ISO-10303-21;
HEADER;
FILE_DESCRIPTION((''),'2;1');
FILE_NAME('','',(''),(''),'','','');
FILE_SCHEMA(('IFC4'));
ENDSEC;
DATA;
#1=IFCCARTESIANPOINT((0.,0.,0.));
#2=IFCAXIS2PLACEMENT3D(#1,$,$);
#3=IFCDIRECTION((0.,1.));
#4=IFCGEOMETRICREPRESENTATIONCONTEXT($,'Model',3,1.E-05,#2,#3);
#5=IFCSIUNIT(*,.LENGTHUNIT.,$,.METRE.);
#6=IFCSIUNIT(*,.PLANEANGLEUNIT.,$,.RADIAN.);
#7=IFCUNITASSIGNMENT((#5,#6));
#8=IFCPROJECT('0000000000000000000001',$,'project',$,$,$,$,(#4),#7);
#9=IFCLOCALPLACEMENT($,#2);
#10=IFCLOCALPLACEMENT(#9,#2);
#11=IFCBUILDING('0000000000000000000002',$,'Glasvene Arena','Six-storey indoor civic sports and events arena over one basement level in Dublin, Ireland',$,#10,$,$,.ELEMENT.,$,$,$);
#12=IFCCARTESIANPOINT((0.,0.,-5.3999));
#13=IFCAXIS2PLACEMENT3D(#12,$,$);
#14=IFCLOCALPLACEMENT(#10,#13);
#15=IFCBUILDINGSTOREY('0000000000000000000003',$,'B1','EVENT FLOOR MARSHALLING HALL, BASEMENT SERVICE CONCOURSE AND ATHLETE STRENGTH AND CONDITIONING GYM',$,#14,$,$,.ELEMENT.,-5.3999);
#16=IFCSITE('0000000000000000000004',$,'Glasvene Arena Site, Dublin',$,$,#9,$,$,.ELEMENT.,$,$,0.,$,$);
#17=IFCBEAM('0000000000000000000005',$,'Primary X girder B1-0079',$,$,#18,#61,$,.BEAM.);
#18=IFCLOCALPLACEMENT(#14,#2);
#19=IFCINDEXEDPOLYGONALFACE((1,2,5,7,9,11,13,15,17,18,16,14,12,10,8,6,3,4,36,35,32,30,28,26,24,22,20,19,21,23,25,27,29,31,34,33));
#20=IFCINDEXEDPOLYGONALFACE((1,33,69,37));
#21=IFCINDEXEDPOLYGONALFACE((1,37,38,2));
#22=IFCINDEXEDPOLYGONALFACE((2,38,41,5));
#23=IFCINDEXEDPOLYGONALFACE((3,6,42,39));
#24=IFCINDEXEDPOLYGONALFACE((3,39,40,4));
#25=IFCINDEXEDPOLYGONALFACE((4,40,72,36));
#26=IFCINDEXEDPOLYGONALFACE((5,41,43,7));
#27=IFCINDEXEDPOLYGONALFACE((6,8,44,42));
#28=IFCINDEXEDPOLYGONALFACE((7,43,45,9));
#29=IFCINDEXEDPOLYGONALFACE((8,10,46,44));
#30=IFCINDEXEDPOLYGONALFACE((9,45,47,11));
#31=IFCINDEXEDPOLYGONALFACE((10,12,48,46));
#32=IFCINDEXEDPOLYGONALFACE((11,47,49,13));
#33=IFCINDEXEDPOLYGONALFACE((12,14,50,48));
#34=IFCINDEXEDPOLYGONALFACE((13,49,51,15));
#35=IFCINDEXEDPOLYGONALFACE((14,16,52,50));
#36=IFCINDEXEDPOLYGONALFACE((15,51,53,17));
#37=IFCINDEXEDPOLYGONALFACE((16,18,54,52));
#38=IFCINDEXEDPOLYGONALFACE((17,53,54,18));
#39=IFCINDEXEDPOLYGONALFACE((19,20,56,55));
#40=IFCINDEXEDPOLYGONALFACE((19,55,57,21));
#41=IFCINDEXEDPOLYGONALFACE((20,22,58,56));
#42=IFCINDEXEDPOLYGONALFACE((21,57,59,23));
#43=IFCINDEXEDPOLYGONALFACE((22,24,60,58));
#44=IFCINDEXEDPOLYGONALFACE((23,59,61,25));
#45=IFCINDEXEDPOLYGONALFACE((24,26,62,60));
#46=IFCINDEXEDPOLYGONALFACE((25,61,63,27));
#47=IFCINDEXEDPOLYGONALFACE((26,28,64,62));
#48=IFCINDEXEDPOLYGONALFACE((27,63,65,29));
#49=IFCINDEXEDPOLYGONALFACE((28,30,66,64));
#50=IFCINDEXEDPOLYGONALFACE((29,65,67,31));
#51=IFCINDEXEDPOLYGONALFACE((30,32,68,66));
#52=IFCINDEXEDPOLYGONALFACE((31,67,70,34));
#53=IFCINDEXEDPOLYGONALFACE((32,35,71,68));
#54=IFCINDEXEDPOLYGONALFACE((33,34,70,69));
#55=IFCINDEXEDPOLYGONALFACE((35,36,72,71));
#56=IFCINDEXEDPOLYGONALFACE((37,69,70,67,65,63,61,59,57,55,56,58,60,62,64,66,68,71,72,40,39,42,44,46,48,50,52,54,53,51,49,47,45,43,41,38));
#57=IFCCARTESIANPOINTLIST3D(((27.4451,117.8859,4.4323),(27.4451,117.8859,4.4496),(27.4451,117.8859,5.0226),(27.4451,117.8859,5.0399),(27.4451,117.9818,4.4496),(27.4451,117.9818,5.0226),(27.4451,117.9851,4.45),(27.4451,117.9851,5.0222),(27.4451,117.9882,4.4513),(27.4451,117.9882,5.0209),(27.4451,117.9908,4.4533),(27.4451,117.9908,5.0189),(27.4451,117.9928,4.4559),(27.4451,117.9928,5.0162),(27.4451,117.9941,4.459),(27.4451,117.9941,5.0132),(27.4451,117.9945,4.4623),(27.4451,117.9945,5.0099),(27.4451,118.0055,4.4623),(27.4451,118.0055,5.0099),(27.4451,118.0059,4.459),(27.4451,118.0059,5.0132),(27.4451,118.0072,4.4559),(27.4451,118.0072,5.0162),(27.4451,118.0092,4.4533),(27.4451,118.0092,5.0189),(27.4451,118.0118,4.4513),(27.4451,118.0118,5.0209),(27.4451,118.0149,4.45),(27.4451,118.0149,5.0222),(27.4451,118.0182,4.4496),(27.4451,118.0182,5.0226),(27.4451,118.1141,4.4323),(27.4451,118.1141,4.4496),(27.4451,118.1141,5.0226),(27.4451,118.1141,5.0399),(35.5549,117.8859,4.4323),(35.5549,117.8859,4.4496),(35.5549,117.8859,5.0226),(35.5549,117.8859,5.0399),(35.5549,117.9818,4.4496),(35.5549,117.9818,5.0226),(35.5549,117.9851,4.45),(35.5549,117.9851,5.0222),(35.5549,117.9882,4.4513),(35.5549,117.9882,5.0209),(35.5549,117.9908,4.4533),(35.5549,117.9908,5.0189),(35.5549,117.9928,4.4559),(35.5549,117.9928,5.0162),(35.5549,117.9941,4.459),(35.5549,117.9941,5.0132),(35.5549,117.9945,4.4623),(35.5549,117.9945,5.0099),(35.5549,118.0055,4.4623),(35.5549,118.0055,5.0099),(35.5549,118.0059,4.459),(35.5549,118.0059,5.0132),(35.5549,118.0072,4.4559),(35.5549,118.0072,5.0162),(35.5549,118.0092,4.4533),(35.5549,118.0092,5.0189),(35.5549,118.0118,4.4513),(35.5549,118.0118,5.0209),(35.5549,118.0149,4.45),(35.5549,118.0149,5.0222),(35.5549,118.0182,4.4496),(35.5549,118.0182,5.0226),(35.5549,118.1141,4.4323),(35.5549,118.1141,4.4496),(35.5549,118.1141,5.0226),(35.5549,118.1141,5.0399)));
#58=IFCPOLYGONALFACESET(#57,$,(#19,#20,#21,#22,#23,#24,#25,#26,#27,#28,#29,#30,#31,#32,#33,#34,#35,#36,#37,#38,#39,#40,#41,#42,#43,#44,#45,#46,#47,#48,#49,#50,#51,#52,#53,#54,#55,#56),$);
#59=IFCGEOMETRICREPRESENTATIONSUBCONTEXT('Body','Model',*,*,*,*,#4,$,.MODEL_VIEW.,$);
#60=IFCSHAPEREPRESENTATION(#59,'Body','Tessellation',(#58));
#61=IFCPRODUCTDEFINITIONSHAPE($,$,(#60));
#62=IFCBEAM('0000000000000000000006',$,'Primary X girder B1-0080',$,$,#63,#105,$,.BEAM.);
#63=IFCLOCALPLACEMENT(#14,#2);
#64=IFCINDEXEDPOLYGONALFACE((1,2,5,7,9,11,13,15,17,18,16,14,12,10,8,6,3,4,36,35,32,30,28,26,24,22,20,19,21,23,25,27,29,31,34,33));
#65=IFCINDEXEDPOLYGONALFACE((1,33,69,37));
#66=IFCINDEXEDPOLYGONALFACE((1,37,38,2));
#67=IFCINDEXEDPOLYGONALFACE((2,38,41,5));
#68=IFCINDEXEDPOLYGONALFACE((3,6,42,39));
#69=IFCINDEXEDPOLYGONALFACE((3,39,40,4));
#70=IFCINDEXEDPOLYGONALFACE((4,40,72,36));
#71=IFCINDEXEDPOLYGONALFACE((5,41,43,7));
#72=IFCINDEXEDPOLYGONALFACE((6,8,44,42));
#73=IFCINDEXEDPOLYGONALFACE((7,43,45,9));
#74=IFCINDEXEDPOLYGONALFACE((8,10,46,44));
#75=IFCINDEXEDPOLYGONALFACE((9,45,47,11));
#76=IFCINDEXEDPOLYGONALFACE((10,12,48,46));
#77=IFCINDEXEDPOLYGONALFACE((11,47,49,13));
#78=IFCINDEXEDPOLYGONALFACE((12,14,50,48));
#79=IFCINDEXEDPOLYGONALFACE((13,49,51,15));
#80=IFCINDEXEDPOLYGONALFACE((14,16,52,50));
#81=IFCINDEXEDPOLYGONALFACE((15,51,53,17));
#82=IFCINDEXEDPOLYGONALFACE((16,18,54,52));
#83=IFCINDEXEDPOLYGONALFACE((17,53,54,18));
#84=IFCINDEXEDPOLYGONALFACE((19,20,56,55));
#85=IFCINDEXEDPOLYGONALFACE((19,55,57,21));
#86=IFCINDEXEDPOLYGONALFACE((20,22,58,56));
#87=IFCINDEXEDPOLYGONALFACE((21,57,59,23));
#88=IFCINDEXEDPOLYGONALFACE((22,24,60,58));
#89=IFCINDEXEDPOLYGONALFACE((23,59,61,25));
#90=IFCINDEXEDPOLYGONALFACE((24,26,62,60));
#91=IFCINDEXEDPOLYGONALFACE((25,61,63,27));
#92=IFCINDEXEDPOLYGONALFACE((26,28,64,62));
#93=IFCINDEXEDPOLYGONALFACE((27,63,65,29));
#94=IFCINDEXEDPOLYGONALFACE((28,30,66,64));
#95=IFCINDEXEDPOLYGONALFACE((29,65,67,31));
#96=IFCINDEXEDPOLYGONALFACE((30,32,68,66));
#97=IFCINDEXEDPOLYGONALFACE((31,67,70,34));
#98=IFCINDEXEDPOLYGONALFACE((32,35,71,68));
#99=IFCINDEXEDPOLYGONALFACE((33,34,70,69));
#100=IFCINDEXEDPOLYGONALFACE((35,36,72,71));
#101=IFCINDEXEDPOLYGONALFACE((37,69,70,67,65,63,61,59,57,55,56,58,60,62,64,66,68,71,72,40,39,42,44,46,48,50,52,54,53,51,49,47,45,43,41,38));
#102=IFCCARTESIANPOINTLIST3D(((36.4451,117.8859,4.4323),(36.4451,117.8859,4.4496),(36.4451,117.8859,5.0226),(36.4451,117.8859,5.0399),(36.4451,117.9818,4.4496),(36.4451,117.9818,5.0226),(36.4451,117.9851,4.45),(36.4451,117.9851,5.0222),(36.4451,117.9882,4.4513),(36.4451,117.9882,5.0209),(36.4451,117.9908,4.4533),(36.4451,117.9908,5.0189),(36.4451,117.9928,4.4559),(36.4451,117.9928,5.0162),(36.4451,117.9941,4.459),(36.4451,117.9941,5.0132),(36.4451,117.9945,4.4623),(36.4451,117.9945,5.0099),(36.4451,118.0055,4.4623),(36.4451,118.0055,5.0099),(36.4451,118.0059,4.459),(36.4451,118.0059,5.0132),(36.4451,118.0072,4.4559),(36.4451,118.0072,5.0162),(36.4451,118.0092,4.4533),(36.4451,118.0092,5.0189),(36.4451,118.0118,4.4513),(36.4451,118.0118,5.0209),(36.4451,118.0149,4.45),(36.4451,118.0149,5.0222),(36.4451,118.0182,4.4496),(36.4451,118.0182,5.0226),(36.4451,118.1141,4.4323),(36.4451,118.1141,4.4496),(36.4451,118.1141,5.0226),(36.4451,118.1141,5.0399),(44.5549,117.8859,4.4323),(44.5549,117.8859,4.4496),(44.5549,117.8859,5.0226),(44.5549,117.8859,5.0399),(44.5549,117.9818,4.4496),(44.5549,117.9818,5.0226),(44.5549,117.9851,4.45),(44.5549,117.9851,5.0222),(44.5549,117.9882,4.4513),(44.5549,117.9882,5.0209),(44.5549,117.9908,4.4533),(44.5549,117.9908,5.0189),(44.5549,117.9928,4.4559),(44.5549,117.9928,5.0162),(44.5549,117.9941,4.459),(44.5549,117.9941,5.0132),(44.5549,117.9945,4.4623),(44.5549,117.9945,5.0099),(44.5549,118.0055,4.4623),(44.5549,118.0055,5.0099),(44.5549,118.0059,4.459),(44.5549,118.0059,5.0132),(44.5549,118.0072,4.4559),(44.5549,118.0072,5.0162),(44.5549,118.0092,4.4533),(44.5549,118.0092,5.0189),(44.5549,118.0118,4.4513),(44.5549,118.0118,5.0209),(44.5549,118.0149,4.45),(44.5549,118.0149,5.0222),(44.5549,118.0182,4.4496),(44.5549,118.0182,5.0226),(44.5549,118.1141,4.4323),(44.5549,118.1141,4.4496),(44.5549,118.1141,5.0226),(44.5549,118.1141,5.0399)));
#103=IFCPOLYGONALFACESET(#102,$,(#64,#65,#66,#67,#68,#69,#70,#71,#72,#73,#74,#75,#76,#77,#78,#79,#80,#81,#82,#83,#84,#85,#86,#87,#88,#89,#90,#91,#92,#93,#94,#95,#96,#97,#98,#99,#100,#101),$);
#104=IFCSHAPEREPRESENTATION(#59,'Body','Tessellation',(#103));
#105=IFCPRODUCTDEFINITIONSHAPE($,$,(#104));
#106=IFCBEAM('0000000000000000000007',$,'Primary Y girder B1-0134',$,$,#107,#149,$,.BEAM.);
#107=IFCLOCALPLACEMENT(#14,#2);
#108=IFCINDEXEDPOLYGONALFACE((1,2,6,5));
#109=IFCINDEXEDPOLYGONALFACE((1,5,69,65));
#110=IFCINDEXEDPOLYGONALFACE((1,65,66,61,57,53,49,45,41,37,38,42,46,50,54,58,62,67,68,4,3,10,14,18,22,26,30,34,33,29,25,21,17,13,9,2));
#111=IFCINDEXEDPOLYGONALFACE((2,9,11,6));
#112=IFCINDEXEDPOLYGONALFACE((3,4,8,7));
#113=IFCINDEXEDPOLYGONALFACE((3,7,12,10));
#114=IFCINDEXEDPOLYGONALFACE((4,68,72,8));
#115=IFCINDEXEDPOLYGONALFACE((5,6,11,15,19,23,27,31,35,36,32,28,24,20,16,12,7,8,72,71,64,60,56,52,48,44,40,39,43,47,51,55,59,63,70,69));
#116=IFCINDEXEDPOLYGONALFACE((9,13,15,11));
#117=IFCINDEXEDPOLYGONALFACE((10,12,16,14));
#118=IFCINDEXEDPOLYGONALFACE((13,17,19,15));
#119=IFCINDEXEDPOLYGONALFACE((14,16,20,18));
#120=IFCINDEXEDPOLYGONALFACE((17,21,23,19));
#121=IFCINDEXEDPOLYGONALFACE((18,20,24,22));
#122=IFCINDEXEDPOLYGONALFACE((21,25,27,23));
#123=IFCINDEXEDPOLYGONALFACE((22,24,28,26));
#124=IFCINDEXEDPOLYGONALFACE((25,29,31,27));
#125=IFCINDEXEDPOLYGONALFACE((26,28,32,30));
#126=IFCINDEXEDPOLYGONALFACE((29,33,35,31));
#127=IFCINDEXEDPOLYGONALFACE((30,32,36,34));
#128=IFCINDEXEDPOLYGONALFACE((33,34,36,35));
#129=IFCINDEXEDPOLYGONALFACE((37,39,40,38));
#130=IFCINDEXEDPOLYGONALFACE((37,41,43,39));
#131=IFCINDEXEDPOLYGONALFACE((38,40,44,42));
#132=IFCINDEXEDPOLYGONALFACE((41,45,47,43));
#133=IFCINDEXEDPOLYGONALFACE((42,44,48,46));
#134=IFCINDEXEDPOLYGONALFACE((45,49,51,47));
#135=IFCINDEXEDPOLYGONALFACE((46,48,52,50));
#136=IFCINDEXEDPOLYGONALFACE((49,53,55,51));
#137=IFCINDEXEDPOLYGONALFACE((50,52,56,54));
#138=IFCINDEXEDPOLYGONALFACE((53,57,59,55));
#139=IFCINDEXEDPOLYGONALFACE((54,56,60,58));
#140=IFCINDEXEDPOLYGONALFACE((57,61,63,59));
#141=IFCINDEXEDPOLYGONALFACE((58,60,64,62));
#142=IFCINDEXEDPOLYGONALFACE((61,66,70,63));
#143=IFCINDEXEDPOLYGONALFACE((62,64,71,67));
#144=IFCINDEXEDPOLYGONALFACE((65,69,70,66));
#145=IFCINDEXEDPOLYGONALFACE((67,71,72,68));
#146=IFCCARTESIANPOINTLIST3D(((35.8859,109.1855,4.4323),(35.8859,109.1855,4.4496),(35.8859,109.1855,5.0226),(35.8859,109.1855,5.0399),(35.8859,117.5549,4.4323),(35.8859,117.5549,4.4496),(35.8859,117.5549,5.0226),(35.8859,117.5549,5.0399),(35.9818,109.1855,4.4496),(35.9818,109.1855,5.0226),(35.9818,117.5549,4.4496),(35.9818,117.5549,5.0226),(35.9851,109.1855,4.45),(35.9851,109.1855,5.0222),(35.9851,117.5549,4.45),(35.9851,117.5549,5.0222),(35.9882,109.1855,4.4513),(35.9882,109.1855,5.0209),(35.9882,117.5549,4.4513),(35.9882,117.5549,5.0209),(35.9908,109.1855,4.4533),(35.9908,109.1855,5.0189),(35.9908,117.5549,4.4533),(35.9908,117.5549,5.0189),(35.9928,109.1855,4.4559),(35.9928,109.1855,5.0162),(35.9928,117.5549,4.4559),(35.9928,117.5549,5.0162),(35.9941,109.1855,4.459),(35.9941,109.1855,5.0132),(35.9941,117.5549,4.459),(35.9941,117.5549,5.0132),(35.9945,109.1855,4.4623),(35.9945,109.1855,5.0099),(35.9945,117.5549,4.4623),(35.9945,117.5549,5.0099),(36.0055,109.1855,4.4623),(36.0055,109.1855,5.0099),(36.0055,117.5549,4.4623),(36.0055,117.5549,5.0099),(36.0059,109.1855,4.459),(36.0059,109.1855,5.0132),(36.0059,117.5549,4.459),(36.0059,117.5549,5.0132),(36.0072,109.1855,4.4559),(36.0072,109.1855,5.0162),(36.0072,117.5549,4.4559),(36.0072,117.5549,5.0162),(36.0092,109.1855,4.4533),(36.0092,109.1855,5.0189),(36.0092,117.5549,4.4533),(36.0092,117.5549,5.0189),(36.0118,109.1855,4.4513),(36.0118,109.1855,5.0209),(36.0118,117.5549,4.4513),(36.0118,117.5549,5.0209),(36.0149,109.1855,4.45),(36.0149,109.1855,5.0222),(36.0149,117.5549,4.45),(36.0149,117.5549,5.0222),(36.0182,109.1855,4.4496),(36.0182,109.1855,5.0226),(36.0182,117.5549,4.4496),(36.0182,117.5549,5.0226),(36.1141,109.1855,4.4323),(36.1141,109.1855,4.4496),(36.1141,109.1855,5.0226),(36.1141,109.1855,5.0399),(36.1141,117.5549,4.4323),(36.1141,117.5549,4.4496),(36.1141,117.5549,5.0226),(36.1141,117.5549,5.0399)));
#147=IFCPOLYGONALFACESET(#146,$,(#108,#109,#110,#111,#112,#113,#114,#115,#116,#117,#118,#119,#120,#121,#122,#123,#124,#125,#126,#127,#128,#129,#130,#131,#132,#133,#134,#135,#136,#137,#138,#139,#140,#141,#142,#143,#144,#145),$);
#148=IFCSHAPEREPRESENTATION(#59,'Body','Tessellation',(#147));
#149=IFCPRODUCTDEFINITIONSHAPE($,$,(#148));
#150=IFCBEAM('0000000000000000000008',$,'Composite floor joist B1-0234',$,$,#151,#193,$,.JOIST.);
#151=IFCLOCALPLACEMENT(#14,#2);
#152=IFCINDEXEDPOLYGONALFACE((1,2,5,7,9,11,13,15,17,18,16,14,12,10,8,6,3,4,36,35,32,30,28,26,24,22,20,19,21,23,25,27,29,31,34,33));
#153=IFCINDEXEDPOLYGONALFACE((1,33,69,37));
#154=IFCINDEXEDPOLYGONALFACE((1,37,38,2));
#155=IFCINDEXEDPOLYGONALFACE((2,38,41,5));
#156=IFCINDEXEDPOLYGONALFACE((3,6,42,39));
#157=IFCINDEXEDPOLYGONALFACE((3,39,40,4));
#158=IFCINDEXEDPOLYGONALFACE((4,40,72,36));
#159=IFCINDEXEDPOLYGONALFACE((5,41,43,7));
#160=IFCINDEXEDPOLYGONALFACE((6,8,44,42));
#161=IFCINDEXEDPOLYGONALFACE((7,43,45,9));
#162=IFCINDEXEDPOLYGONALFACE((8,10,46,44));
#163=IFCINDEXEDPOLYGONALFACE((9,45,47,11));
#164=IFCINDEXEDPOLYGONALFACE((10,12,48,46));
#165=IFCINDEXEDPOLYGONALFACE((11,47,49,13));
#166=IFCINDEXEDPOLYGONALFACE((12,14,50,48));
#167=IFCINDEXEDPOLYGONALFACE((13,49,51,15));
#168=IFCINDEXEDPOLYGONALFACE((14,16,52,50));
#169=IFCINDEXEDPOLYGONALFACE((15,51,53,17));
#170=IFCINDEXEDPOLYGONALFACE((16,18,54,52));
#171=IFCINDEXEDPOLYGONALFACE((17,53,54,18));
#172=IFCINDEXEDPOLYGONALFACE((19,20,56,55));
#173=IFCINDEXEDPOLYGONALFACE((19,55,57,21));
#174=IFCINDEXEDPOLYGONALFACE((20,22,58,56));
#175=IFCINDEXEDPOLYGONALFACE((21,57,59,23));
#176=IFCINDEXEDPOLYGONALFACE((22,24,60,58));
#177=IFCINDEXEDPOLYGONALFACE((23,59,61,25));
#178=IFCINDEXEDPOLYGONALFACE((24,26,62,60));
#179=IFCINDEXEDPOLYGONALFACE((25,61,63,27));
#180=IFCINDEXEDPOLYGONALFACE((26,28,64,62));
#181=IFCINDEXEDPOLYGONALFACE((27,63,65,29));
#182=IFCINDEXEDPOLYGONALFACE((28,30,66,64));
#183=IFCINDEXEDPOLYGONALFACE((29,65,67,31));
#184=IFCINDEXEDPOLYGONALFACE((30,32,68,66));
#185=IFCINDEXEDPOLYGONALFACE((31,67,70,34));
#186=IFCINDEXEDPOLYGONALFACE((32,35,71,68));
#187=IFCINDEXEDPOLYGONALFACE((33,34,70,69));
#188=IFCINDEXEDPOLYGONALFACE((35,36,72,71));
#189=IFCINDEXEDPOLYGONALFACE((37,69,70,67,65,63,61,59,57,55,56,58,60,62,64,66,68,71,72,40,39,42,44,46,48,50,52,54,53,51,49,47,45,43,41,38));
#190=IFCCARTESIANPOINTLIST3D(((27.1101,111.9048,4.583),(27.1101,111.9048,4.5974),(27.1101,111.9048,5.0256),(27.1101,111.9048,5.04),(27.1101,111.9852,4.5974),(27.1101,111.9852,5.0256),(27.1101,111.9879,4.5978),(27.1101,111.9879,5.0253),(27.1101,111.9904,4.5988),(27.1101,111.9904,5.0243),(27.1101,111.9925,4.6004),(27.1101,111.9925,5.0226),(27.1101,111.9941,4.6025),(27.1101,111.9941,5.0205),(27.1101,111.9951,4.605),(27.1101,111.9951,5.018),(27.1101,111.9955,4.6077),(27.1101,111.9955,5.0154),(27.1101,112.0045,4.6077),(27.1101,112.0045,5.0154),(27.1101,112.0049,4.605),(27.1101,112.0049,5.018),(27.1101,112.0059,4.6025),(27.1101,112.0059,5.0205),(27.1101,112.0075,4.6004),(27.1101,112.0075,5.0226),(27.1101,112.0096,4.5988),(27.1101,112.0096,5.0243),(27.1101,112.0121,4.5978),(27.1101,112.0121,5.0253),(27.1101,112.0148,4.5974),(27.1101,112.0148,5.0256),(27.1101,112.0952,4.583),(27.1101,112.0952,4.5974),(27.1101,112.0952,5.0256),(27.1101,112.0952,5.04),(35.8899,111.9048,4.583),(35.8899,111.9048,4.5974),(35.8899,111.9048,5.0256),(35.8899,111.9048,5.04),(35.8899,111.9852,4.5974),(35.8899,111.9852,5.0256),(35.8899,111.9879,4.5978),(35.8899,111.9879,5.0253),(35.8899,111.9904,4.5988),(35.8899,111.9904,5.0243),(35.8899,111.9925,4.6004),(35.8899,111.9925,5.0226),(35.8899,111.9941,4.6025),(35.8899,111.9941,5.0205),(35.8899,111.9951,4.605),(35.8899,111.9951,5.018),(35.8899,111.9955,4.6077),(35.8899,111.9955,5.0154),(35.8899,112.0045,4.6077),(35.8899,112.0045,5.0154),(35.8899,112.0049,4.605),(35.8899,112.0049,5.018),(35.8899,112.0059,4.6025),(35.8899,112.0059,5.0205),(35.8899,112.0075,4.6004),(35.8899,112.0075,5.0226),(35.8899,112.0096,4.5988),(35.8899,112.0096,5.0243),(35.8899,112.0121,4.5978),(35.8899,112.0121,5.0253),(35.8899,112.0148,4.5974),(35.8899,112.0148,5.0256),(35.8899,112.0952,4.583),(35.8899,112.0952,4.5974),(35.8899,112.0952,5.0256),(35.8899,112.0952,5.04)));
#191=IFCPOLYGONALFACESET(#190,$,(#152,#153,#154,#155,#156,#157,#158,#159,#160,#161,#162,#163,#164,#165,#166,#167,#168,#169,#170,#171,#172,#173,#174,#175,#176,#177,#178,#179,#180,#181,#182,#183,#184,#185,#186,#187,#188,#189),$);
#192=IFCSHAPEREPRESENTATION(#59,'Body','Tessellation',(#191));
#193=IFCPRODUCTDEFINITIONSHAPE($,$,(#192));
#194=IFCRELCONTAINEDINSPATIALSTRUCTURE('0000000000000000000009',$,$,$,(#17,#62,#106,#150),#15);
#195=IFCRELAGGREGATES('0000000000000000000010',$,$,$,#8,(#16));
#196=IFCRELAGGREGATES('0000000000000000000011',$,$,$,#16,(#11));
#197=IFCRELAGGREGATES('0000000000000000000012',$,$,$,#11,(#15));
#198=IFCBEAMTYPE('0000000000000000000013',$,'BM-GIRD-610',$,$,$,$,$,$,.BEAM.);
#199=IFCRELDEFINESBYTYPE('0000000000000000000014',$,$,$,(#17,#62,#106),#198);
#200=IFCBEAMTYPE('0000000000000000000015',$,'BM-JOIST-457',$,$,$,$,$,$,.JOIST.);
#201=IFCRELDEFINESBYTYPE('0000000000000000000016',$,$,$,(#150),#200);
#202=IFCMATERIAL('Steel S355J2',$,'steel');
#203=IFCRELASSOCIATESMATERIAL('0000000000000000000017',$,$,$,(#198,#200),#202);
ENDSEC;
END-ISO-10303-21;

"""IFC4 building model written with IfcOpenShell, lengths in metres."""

from ifc_helpers import new_model, si_unit, direction, frame, origin, origin_2d, place, context, subcontext, project, spatial, i_section, extrude, material, material_profile, profile_set, type_object, element, save


model = new_model("IFC4")

# Units and contexts
model_context = context("Model", 3, precision=1e-05, world=origin(), true_north=direction((0.0, 1.0)))
body_context = subcontext(model_context, "Body", "Model", "MODEL_VIEW")
ifc_project = project(units=[si_unit("LENGTHUNIT", "METRE"), si_unit("PLANEANGLEUNIT", "RADIAN")], contexts=[model_context])

# Site, building, storey
site_placement = place(None, origin())
site = spatial("IfcSite", under=ifc_project, at=site_placement, Name="Glasvene Arena Site, Dublin", CompositionType="ELEMENT", RefElevation=0.0)
building_placement = place(site_placement, origin())
building = spatial("IfcBuilding", under=site, at=building_placement, Name="Glasvene Arena", Description="Six-storey indoor civic sports and events arena over one basement level in Dublin, Ireland", CompositionType="ELEMENT")
storey_placement = place(building_placement, frame((0.0, 0.0, -5.3999)))
storey = spatial("IfcBuildingStorey", under=building, at=storey_placement, Name="B1", Description="EVENT FLOOR MARSHALLING HALL, BASEMENT SERVICE CONCOURSE AND ATHLETE STRENGTH AND CONDITIONING GYM", CompositionType="ELEMENT", Elevation=-5.3999)

# Shared definitions
ifc_material_1 = material(Name="Steel S355J2", Category="steel")

# Beams
ifc_material_profile_1 = material_profile(ifc_material_1, i_section(OverallWidth=0.2283, OverallDepth=0.6077, WebThickness=0.011, FlangeThickness=0.0173, FilletRadius=0.0127, at=origin_2d()), Name="UKB 610x229x113")
ifc_profile_set_1 = profile_set([ifc_material_profile_1], Name="Steel S355J2")
beam_type_1 = type_object("IfcBeamType", Name="BM-GIRD-610", PredefinedType="BEAM", material=ifc_profile_set_1)
for number, where, z_axis, x_axis, name in (
    (1, (27.4451, 118.0, 4.7361), (1.0, 0.0, 0.0), (0.0, 1.0, 0.0), "Primary X girder B1-0079"),
    (2, (36.4451, 118.0, 4.7361), (1.0, 0.0, 0.0), (0.0, 1.0, 0.0), "Primary X girder B1-0080"),
):
    element("IfcBeam", number, at=place(storey_placement, frame(where, z_axis=z_axis, x_axis=x_axis)), inside=storey, type_object=beam_type_1, Name=name, PredefinedType="BEAM", context=body_context, shape_type="SweptSolid", body=[
        extrude(i_section(OverallWidth=0.2283, OverallDepth=0.6077, WebThickness=0.011, FlangeThickness=0.0173, FilletRadius=0.0127, at=origin_2d()), origin(), (0.0, 0.0, 1.0), 8.1099),
    ])
beam_1_placement = place(storey_placement, frame((36.0, 109.1855, 4.7361), z_axis=(0.0, 1.0, 0.0), x_axis=(-1.0, 0.0, 0.0)))
element("IfcBeam", 3, at=beam_1_placement, inside=storey, type_object=beam_type_1, Name="Primary Y girder B1-0134", PredefinedType="BEAM", context=body_context, shape_type="SweptSolid", body=[
    extrude(i_section(OverallWidth=0.2283, OverallDepth=0.6077, WebThickness=0.011, FlangeThickness=0.0173, FilletRadius=0.0127, at=origin_2d()), origin(), (0.0, 0.0, 1.0), 8.3694),
])
ifc_material_profile_2 = material_profile(ifc_material_1, i_section(OverallWidth=0.1904, OverallDepth=0.457, WebThickness=0.009, FlangeThickness=0.0144, FilletRadius=0.0103, at=origin_2d()), Name="UKB 457x191x74")
ifc_profile_set_2 = profile_set([ifc_material_profile_2], Name="Steel S355J2")
beam_type_2 = type_object("IfcBeamType", Name="BM-JOIST-457", PredefinedType="JOIST", material=ifc_profile_set_2)
for number, where, z_axis, x_axis, name in (
    (4, (27.1101, 112.0, 4.8115), (1.0, 0.0, 0.0), (0.0, 1.0, 0.0), "Composite floor joist B1-0234"),
):
    element("IfcBeam", number, at=place(storey_placement, frame(where, z_axis=z_axis, x_axis=x_axis)), inside=storey, type_object=beam_type_2, Name=name, PredefinedType="JOIST", context=body_context, shape_type="SweptSolid", body=[
        extrude(i_section(OverallWidth=0.1904, OverallDepth=0.457, WebThickness=0.009, FlangeThickness=0.0144, FilletRadius=0.0103, at=origin_2d()), origin(), (0.0, 0.0, 1.0), 8.7798),
    ])

save(model, "model.ifc")
